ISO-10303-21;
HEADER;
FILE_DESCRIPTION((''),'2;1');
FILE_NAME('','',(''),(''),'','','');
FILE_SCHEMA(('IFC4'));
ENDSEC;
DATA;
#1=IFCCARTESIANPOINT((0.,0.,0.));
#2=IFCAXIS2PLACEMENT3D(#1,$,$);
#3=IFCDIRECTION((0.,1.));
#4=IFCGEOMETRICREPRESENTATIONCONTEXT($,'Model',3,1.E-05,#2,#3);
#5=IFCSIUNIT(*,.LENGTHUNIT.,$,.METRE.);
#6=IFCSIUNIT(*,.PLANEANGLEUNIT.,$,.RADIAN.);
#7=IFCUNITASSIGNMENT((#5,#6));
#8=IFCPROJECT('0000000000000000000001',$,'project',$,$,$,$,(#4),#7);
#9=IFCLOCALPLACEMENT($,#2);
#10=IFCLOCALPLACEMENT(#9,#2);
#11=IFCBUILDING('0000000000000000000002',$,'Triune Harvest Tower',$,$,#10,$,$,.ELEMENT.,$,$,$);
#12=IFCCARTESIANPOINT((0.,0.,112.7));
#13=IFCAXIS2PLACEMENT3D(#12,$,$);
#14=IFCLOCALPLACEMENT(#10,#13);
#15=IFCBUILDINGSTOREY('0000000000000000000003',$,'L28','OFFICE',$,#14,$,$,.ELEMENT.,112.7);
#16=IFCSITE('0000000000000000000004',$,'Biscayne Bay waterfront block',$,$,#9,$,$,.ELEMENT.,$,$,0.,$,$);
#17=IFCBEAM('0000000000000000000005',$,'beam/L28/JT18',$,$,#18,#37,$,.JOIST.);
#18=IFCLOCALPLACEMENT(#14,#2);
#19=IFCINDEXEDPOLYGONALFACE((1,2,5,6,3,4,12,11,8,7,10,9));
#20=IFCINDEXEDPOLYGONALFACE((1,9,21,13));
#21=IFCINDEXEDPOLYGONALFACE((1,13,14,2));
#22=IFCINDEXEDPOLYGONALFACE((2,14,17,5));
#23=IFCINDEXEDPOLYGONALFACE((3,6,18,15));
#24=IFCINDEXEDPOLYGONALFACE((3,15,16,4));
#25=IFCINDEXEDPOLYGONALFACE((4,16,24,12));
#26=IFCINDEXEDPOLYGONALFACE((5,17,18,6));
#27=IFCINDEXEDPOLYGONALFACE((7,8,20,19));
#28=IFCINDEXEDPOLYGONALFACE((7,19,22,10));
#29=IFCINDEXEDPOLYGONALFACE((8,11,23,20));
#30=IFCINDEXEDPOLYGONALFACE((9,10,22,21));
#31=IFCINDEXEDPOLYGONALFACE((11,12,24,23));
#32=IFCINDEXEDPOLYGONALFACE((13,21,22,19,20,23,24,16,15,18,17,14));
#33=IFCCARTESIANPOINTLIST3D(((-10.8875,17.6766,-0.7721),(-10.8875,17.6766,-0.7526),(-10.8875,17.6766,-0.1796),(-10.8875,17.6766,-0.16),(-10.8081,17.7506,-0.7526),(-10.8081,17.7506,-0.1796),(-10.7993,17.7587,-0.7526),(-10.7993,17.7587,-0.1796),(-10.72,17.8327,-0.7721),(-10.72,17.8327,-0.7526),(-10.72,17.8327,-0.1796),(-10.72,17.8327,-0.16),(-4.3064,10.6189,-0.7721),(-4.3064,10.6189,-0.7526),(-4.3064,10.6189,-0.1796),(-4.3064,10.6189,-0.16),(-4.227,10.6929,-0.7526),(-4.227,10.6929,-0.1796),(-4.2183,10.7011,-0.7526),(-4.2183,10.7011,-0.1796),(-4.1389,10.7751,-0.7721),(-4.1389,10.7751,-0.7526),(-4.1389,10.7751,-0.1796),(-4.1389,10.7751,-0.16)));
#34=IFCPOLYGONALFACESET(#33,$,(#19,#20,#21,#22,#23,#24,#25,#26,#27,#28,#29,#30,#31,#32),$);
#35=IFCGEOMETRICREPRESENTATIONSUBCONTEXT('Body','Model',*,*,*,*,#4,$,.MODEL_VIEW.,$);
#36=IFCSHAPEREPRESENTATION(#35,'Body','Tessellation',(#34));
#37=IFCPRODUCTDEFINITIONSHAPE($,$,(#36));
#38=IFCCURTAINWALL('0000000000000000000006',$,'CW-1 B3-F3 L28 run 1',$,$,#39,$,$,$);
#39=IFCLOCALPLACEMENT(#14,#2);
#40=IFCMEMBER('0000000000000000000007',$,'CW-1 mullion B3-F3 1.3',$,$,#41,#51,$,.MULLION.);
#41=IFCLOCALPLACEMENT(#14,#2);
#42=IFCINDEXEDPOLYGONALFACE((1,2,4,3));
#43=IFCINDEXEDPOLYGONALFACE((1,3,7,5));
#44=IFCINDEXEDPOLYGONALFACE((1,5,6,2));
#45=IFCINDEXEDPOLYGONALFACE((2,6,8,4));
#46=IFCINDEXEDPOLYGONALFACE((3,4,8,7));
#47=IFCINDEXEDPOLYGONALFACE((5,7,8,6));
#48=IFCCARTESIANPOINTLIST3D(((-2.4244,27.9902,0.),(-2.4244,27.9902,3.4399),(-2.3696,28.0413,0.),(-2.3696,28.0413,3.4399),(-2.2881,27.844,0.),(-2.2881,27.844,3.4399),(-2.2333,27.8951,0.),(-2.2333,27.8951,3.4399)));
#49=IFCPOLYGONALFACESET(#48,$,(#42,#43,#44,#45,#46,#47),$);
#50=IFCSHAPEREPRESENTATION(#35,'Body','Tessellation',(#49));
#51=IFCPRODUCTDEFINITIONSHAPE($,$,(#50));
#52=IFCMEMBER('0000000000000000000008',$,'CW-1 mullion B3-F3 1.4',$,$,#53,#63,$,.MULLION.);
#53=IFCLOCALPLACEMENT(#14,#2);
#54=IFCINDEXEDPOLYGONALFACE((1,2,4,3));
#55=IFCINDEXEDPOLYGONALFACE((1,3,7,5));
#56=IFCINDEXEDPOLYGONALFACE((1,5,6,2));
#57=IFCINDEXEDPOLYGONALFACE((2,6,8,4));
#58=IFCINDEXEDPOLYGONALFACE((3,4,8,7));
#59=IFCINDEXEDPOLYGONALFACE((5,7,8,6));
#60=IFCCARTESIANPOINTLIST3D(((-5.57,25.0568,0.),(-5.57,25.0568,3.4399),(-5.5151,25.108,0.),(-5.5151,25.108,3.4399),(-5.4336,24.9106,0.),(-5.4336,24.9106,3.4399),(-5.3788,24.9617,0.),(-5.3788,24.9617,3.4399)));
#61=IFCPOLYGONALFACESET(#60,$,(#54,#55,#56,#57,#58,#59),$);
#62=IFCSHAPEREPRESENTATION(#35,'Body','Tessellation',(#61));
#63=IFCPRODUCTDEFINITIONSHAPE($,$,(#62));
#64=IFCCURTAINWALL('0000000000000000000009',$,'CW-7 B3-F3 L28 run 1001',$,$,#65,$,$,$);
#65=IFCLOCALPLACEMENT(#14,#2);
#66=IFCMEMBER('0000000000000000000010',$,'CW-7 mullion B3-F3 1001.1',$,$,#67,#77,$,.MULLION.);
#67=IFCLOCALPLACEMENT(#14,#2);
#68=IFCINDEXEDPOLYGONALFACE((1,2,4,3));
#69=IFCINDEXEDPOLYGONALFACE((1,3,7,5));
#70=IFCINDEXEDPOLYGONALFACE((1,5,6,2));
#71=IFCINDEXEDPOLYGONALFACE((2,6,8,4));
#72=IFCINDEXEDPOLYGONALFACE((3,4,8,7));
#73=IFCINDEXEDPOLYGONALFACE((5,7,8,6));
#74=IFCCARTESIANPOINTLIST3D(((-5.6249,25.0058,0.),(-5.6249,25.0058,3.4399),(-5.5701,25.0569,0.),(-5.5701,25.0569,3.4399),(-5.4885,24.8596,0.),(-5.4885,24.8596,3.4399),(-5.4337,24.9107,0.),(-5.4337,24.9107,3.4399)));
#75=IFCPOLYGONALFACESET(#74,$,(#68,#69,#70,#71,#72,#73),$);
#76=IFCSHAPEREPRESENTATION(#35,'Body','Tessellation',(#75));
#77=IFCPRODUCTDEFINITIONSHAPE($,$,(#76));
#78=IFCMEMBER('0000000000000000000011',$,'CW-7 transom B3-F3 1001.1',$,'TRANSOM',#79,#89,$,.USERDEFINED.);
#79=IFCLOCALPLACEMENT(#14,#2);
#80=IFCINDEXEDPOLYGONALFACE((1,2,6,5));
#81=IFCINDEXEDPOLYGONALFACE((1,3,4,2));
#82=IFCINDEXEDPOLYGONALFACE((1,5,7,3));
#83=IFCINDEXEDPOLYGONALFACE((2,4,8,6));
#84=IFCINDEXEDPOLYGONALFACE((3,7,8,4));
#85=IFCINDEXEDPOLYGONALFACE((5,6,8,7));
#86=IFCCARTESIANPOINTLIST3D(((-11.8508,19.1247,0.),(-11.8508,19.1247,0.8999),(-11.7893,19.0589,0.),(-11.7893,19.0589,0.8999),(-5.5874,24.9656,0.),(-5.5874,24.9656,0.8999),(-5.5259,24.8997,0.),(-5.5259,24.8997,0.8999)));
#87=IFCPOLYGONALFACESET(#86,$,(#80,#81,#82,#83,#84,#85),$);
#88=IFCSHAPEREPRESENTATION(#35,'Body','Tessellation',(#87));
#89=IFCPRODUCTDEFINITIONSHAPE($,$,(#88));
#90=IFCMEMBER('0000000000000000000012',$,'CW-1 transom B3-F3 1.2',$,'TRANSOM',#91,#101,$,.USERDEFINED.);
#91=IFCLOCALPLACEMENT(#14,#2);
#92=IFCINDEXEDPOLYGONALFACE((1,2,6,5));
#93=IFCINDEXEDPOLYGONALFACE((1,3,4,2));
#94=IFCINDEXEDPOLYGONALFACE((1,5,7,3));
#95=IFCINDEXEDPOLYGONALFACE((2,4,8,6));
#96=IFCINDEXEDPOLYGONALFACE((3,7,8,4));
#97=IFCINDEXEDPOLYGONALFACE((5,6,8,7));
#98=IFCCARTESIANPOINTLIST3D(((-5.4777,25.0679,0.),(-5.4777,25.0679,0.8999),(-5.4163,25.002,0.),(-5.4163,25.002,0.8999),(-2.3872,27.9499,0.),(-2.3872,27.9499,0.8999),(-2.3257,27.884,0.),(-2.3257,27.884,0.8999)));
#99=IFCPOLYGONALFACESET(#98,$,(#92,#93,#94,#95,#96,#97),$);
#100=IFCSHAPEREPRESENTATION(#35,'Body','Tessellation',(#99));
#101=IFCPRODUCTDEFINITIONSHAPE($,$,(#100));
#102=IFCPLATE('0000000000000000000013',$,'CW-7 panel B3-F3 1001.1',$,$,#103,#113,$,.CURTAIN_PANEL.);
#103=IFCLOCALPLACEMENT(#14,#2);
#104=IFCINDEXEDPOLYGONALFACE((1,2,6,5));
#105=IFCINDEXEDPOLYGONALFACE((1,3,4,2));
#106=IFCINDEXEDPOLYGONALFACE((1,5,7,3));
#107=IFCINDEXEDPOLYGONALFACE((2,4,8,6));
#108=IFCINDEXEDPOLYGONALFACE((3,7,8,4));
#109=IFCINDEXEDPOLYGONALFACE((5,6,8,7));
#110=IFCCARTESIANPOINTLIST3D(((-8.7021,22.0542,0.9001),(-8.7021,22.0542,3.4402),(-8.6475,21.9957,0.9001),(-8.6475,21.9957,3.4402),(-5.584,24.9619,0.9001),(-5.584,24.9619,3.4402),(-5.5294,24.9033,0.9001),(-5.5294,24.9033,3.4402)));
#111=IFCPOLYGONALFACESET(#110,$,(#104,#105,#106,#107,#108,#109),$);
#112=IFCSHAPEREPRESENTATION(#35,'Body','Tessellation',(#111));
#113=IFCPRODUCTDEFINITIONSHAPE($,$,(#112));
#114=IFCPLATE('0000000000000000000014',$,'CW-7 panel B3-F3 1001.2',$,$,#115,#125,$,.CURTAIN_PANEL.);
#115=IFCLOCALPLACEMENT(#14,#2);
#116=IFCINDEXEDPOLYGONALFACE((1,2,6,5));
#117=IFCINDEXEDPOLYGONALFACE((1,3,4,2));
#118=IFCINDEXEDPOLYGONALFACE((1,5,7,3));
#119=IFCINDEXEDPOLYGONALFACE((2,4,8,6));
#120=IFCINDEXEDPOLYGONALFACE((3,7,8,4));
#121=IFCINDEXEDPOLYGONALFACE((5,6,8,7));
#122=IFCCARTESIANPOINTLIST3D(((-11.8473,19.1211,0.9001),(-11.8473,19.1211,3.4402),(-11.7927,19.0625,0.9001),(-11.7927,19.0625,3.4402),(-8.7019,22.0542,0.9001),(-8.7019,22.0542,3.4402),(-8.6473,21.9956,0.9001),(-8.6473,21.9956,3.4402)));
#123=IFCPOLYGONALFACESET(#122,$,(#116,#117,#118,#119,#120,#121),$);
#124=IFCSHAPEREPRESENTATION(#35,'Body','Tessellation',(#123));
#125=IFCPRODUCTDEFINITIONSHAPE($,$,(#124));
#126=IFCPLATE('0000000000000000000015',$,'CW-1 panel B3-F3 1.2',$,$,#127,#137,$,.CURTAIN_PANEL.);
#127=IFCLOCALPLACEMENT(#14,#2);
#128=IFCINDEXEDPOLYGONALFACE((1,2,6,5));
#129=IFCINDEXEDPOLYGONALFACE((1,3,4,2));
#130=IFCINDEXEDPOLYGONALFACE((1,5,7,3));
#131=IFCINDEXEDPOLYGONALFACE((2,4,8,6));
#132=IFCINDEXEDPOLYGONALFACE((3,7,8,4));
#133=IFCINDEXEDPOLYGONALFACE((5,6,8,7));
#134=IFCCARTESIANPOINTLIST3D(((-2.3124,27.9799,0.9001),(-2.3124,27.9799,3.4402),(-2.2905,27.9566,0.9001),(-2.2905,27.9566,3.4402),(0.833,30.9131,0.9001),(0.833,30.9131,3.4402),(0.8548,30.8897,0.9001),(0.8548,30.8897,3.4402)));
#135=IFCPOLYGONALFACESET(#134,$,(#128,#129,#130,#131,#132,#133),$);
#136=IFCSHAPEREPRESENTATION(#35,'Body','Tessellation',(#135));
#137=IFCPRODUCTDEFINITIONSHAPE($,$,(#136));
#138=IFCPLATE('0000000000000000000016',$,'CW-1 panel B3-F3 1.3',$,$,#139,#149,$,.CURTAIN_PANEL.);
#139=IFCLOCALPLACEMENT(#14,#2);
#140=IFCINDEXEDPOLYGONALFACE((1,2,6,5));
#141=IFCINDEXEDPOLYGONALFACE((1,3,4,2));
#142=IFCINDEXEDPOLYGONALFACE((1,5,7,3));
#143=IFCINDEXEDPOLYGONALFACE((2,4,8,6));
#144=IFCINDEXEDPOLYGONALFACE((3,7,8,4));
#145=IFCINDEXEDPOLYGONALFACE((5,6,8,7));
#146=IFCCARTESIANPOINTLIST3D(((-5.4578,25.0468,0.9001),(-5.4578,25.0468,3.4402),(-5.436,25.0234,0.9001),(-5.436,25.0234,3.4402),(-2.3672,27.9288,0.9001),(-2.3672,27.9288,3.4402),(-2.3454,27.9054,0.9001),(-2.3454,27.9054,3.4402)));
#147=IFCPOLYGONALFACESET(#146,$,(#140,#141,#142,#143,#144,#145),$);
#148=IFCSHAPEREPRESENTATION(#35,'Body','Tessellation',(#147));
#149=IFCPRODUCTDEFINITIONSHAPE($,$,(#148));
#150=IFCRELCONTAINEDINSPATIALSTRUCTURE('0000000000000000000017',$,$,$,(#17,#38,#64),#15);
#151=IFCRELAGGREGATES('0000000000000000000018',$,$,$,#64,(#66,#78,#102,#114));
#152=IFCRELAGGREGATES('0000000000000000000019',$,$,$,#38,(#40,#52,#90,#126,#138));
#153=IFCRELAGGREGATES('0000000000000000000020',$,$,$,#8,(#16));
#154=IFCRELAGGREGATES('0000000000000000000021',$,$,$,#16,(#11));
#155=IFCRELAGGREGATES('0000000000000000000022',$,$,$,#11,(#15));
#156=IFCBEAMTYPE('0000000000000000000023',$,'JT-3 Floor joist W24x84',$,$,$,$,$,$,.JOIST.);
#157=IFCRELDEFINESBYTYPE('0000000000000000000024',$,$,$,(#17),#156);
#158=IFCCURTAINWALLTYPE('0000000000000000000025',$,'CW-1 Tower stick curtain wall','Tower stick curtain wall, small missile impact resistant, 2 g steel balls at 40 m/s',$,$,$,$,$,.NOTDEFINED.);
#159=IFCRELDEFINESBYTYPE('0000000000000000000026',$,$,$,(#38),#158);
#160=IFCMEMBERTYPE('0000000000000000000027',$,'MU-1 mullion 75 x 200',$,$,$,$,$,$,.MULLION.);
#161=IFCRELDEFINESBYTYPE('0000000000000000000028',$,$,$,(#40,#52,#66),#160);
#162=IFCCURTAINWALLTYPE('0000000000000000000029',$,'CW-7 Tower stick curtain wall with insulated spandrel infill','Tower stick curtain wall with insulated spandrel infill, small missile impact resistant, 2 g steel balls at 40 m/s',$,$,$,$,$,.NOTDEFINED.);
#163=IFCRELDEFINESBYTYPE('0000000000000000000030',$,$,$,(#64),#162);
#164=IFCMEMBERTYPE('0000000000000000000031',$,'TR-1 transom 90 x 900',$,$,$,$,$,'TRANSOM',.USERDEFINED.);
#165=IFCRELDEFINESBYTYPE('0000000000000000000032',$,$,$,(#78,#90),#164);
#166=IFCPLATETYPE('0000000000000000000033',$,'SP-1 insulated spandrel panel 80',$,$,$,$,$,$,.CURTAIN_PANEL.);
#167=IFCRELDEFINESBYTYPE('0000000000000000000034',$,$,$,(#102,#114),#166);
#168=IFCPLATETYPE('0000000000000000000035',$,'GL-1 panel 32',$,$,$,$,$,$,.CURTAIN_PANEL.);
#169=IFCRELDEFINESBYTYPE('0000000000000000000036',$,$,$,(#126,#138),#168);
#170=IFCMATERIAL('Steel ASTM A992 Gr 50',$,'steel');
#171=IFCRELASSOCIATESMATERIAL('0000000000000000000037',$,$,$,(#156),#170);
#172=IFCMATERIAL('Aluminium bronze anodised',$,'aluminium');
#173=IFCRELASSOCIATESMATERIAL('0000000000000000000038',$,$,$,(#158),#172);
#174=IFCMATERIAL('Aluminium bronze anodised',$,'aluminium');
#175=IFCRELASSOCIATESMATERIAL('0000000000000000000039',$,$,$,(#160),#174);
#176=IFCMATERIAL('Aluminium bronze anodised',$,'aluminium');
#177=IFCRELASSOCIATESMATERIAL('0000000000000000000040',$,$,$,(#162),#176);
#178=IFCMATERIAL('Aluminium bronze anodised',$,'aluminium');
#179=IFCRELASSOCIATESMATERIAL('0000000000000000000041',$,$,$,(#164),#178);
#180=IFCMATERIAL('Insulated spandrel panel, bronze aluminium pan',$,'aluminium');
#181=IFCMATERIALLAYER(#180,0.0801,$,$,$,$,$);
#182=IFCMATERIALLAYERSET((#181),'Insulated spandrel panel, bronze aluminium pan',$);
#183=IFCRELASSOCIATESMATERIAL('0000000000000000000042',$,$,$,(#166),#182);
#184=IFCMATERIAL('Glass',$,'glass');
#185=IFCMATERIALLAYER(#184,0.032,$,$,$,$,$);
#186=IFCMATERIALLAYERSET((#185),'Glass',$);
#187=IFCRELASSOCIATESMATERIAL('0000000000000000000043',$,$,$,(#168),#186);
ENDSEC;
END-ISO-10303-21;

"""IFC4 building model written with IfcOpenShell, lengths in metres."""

from ifc_helpers import new_model, si_unit, direction, frame, origin, origin_2d, place, context, subcontext, project, spatial, rectangle, i_section, extrude, source, transform, mapped, material, layer, layer_set, material_profile, profile_set, type_object, element, aggregate, save


model = new_model("IFC4")

# Units and contexts
model_context = context("Model", 3, precision=1e-05, world=origin(), true_north=direction((0.0, 1.0)))
body_context = subcontext(model_context, "Body", "Model", "MODEL_VIEW")
ifc_project = project(units=[si_unit("LENGTHUNIT", "METRE"), si_unit("PLANEANGLEUNIT", "RADIAN")], contexts=[model_context])

# Site, building, storey
site_placement = place(None, origin())
site = spatial("IfcSite", under=ifc_project, at=site_placement, Name="Biscayne Bay waterfront block", CompositionType="ELEMENT", RefElevation=0.0)
building_placement = place(site_placement, origin())
building = spatial("IfcBuilding", under=site, at=building_placement, Name="Triune Harvest Tower", CompositionType="ELEMENT")
storey_placement = place(building_placement, frame((0.0, 0.0, 112.7)))
storey = spatial("IfcBuildingStorey", under=building, at=storey_placement, Name="L28", Description="OFFICE", CompositionType="ELEMENT", Elevation=112.7)

# Beam
ifc_material_1 = material(Name="Steel ASTM A992 Gr 50", Category="steel")
ifc_material_profile_1 = material_profile(ifc_material_1, i_section(OverallWidth=0.229, OverallDepth=0.6121, WebThickness=0.012, FlangeThickness=0.0195, at=origin_2d()), Name="W24x84")
ifc_profile_set_1 = profile_set([ifc_material_profile_1], Name="Steel ASTM A992 Gr 50")
beam_type_1 = type_object("IfcBeamType", Name="JT-3 Floor joist W24x84", PredefinedType="JOIST", material=ifc_profile_set_1)
shared_shape_1 = source(origin(), body_context, "Body", "SweptSolid", [
    extrude(i_section(OverallWidth=0.229, OverallDepth=0.6121, WebThickness=0.012, FlangeThickness=0.0195, at=origin_2d()), origin(), (0.0, 0.0, 1.0), 9.6499),
])
beam_1_placement = place(storey_placement, frame((-10.8037, 17.7546, -0.4661), z_axis=(0.681983, -0.731368, 0.0), x_axis=(0.731368, 0.681983, 0.0)))
element("IfcBeam", 1, at=beam_1_placement, inside=storey, type_object=beam_type_1, Name="beam/L28/JT18", PredefinedType="JOIST", context=body_context, shape_type="MappedRepresentation", body=[
    mapped(shared_shape_1, transform((0.0, 0.0, 0.0), scale=1.0)),
])

# Curtain walls, members
ifc_material_2 = material(Name="Aluminium bronze anodised", Category="aluminium")
curtain_wall_type_1 = type_object("IfcCurtainWallType", Name="CW-1 Tower stick curtain wall", Description="Tower stick curtain wall, small missile impact resistant, 2 g steel balls at 40 m/s", PredefinedType="NOTDEFINED", material=ifc_material_2)
curtain_wall_1_placement = place(storey_placement, origin())
curtain_wall_1 = element("IfcCurtainWall", 2, at=curtain_wall_1_placement, inside=storey, type_object=curtain_wall_type_1, Name="CW-1 B3-F3 L28 run 1")
ifc_material_3 = material(Name="Aluminium bronze anodised", Category="aluminium")
ifc_material_profile_2 = material_profile(ifc_material_3, rectangle(XDim=0.2, YDim=0.075, at=origin_2d()), Name="MU-1 mullion 75 x 200")
ifc_profile_set_2 = profile_set([ifc_material_profile_2], Name="Aluminium bronze anodised")
member_type_1 = type_object("IfcMemberType", Name="MU-1 mullion 75 x 200", PredefinedType="MULLION", material=ifc_profile_set_2)
shared_shape_2 = source(origin(), body_context, "Body", "SweptSolid", [
    extrude(rectangle(XDim=0.2, YDim=0.075, at=origin_2d()), origin(), (0.0, 0.0, 1.0), 3.4399),
])
member_1_placement = place(storey_placement, frame((-2.3289, 27.9426, 0.0), z_axis=(0.0, 0.0, 1.0), x_axis=(0.681998, -0.731354, 0.0)))
member_1 = element("IfcMember", 3, at=member_1_placement, type_object=member_type_1, Name="CW-1 mullion B3-F3 1.3", PredefinedType="MULLION", context=body_context, shape_type="MappedRepresentation", body=[
    mapped(shared_shape_2, transform((0.0, 0.0, 0.0), scale=1.0)),
])
member_2_placement = place(storey_placement, frame((-5.4744, 25.0093, 0.0), z_axis=(0.0, 0.0, 1.0), x_axis=(0.681998, -0.731354, 0.0)))
member_2 = element("IfcMember", 4, at=member_2_placement, type_object=member_type_1, Name="CW-1 mullion B3-F3 1.4", PredefinedType="MULLION", context=body_context, shape_type="MappedRepresentation", body=[
    mapped(shared_shape_2, transform((0.0, 0.0, 0.0), scale=1.0)),
])
ifc_material_4 = material(Name="Aluminium bronze anodised", Category="aluminium")
curtain_wall_type_2 = type_object("IfcCurtainWallType", Name="CW-7 Tower stick curtain wall with insulated spandrel infill", Description="Tower stick curtain wall with insulated spandrel infill, small missile impact resistant, 2 g steel balls at 40 m/s", PredefinedType="NOTDEFINED", material=ifc_material_4)
curtain_wall_2_placement = place(storey_placement, origin())
curtain_wall_2 = element("IfcCurtainWall", 5, at=curtain_wall_2_placement, inside=storey, type_object=curtain_wall_type_2, Name="CW-7 B3-F3 L28 run 1001")
member_3_placement = place(storey_placement, frame((-5.5293, 24.9583, 0.0), z_axis=(0.0, 0.0, 1.0), x_axis=(0.681999, -0.731353, 0.0)))
member_3 = element("IfcMember", 6, at=member_3_placement, type_object=member_type_1, Name="CW-7 mullion B3-F3 1001.1", PredefinedType="MULLION", context=body_context, shape_type="MappedRepresentation", body=[
    mapped(shared_shape_2, transform((0.0, 0.0, 0.0), scale=1.0)),
])
ifc_material_5 = material(Name="Aluminium bronze anodised", Category="aluminium")
ifc_material_profile_3 = material_profile(ifc_material_5, rectangle(XDim=0.0901, YDim=0.8999, at=origin_2d()), Name="TR-1 transom 90 x 900")
ifc_profile_set_3 = profile_set([ifc_material_profile_3], Name="Aluminium bronze anodised")
member_type_2 = type_object("IfcMemberType", Name="TR-1 transom 90 x 900", ElementType="TRANSOM", PredefinedType="USERDEFINED", material=ifc_profile_set_3)
shared_shape_3 = source(origin(), body_context, "Body", "SweptSolid", [
    extrude(rectangle(XDim=0.0901, YDim=0.8999, at=origin_2d()), origin(), (0.0, 0.0, 1.0), 8.5642),
])
member_4_placement = place(storey_placement, frame((-5.5566, 24.9326, 0.45), z_axis=(-0.731349, -0.682003, 0.0), x_axis=(0.682003, -0.731349, 0.0)))
member_4 = element("IfcMember", 7, at=member_4_placement, type_object=member_type_2, Name="CW-7 transom B3-F3 1001.1", ObjectType="TRANSOM", PredefinedType="USERDEFINED", context=body_context, shape_type="MappedRepresentation", body=[
    mapped(shared_shape_3, transform((0.0, 0.0, 0.0), scale=1.0)),
])

# Member
shared_shape_4 = source(origin(), body_context, "Body", "SweptSolid", [
    extrude(rectangle(XDim=0.0901, YDim=0.8999, at=origin_2d()), origin(), (0.0, 0.0, 1.0), 4.2258),
])
member_5_placement = place(storey_placement, frame((-2.3564, 27.917, 0.45), z_axis=(-0.731345, -0.682007, 0.0), x_axis=(0.682007, -0.731345, 0.0)))
member_5 = element("IfcMember", 8, at=member_5_placement, type_object=member_type_2, Name="CW-1 transom B3-F3 1.2", ObjectType="TRANSOM", PredefinedType="USERDEFINED", context=body_context, shape_type="MappedRepresentation", body=[
    mapped(shared_shape_4, transform((0.0, 0.0, 0.0), scale=1.0)),
])

# Plates
ifc_material_6 = material(Name="Insulated spandrel panel, bronze aluminium pan", Category="aluminium")
ifc_layer_1 = layer(ifc_material_6, 0.0801)
ifc_layer_set_1 = layer_set([ifc_layer_1], Name="Insulated spandrel panel, bronze aluminium pan")
plate_type_1 = type_object("IfcPlateType", Name="SP-1 insulated spandrel panel 80", PredefinedType="CURTAIN_PANEL", material=ifc_layer_set_1)
shared_shape_5 = source(origin(), body_context, "Body", "SweptSolid", [
    extrude(rectangle(XDim=4.2634, YDim=0.0801, at=origin_2d()), origin(), (0.0, 0.0, 1.0), 2.54),
])
plate_1_placement = place(storey_placement, frame((-7.1157, 23.4788, 0.9001), z_axis=(0.0, 0.0, 1.0), x_axis=(-0.731353, -0.681999, 0.0)))
plate_1 = element("IfcPlate", 9, at=plate_1_placement, type_object=plate_type_1, Name="CW-7 panel B3-F3 1001.1", PredefinedType="CURTAIN_PANEL", context=body_context, shape_type="MappedRepresentation", body=[
    mapped(shared_shape_5, transform((0.0, 0.0, 0.0), scale=1.0)),
])
shared_shape_6 = source(origin(), body_context, "Body", "SweptSolid", [
    extrude(rectangle(XDim=4.3008, YDim=0.0801, at=origin_2d()), origin(), (0.0, 0.0, 1.0), 2.54),
])
plate_2_placement = place(storey_placement, frame((-10.2473, 20.5583, 0.9001), z_axis=(0.0, 0.0, 1.0), x_axis=(-0.731353, -0.681999, 0.0)))
plate_2 = element("IfcPlate", 10, at=plate_2_placement, type_object=plate_type_1, Name="CW-7 panel B3-F3 1001.2", PredefinedType="CURTAIN_PANEL", context=body_context, shape_type="MappedRepresentation", body=[
    mapped(shared_shape_6, transform((0.0, 0.0, 0.0), scale=1.0)),
])
aggregate(curtain_wall_2, [member_3, member_4, plate_1, plate_2])
ifc_material_7 = material(Name="Glass", Category="glass")
ifc_layer_2 = layer(ifc_material_7, 0.032)
ifc_layer_set_2 = layer_set([ifc_layer_2], Name="Glass")
plate_type_2 = type_object("IfcPlateType", Name="GL-1 panel 32", PredefinedType="CURTAIN_PANEL", material=ifc_layer_set_2)
shared_shape_7 = source(origin(), body_context, "Body", "SweptSolid", [
    extrude(rectangle(XDim=4.3008, YDim=0.032, at=origin_2d()), origin(), (0.0, 0.0, 1.0), 2.54),
])
plate_3_placement = place(storey_placement, frame((-0.7288, 29.4348, 0.9001), z_axis=(0.0, 0.0, 1.0), x_axis=(-0.731354, -0.681998, 0.0)))
plate_3 = element("IfcPlate", 11, at=plate_3_placement, type_object=plate_type_2, Name="CW-1 panel B3-F3 1.2", PredefinedType="CURTAIN_PANEL", context=body_context, shape_type="MappedRepresentation", body=[
    mapped(shared_shape_7, transform((0.0, 0.0, 0.0), scale=1.0)),
])
shared_shape_8 = source(origin(), body_context, "Body", "SweptSolid", [
    extrude(rectangle(XDim=4.2258, YDim=0.032, at=origin_2d()), origin(), (0.0, 0.0, 1.0), 2.54),
])
plate_4_placement = place(storey_placement, frame((-3.9016, 26.4761, 0.9001), z_axis=(0.0, 0.0, 1.0), x_axis=(-0.731354, -0.681998, 0.0)))
plate_4 = element("IfcPlate", 12, at=plate_4_placement, type_object=plate_type_2, Name="CW-1 panel B3-F3 1.3", PredefinedType="CURTAIN_PANEL", context=body_context, shape_type="MappedRepresentation", body=[
    mapped(shared_shape_8, transform((0.0, 0.0, 0.0), scale=1.0)),
])
aggregate(curtain_wall_1, [member_1, member_2, member_5, plate_3, plate_4])

save(model, "model.ifc")
